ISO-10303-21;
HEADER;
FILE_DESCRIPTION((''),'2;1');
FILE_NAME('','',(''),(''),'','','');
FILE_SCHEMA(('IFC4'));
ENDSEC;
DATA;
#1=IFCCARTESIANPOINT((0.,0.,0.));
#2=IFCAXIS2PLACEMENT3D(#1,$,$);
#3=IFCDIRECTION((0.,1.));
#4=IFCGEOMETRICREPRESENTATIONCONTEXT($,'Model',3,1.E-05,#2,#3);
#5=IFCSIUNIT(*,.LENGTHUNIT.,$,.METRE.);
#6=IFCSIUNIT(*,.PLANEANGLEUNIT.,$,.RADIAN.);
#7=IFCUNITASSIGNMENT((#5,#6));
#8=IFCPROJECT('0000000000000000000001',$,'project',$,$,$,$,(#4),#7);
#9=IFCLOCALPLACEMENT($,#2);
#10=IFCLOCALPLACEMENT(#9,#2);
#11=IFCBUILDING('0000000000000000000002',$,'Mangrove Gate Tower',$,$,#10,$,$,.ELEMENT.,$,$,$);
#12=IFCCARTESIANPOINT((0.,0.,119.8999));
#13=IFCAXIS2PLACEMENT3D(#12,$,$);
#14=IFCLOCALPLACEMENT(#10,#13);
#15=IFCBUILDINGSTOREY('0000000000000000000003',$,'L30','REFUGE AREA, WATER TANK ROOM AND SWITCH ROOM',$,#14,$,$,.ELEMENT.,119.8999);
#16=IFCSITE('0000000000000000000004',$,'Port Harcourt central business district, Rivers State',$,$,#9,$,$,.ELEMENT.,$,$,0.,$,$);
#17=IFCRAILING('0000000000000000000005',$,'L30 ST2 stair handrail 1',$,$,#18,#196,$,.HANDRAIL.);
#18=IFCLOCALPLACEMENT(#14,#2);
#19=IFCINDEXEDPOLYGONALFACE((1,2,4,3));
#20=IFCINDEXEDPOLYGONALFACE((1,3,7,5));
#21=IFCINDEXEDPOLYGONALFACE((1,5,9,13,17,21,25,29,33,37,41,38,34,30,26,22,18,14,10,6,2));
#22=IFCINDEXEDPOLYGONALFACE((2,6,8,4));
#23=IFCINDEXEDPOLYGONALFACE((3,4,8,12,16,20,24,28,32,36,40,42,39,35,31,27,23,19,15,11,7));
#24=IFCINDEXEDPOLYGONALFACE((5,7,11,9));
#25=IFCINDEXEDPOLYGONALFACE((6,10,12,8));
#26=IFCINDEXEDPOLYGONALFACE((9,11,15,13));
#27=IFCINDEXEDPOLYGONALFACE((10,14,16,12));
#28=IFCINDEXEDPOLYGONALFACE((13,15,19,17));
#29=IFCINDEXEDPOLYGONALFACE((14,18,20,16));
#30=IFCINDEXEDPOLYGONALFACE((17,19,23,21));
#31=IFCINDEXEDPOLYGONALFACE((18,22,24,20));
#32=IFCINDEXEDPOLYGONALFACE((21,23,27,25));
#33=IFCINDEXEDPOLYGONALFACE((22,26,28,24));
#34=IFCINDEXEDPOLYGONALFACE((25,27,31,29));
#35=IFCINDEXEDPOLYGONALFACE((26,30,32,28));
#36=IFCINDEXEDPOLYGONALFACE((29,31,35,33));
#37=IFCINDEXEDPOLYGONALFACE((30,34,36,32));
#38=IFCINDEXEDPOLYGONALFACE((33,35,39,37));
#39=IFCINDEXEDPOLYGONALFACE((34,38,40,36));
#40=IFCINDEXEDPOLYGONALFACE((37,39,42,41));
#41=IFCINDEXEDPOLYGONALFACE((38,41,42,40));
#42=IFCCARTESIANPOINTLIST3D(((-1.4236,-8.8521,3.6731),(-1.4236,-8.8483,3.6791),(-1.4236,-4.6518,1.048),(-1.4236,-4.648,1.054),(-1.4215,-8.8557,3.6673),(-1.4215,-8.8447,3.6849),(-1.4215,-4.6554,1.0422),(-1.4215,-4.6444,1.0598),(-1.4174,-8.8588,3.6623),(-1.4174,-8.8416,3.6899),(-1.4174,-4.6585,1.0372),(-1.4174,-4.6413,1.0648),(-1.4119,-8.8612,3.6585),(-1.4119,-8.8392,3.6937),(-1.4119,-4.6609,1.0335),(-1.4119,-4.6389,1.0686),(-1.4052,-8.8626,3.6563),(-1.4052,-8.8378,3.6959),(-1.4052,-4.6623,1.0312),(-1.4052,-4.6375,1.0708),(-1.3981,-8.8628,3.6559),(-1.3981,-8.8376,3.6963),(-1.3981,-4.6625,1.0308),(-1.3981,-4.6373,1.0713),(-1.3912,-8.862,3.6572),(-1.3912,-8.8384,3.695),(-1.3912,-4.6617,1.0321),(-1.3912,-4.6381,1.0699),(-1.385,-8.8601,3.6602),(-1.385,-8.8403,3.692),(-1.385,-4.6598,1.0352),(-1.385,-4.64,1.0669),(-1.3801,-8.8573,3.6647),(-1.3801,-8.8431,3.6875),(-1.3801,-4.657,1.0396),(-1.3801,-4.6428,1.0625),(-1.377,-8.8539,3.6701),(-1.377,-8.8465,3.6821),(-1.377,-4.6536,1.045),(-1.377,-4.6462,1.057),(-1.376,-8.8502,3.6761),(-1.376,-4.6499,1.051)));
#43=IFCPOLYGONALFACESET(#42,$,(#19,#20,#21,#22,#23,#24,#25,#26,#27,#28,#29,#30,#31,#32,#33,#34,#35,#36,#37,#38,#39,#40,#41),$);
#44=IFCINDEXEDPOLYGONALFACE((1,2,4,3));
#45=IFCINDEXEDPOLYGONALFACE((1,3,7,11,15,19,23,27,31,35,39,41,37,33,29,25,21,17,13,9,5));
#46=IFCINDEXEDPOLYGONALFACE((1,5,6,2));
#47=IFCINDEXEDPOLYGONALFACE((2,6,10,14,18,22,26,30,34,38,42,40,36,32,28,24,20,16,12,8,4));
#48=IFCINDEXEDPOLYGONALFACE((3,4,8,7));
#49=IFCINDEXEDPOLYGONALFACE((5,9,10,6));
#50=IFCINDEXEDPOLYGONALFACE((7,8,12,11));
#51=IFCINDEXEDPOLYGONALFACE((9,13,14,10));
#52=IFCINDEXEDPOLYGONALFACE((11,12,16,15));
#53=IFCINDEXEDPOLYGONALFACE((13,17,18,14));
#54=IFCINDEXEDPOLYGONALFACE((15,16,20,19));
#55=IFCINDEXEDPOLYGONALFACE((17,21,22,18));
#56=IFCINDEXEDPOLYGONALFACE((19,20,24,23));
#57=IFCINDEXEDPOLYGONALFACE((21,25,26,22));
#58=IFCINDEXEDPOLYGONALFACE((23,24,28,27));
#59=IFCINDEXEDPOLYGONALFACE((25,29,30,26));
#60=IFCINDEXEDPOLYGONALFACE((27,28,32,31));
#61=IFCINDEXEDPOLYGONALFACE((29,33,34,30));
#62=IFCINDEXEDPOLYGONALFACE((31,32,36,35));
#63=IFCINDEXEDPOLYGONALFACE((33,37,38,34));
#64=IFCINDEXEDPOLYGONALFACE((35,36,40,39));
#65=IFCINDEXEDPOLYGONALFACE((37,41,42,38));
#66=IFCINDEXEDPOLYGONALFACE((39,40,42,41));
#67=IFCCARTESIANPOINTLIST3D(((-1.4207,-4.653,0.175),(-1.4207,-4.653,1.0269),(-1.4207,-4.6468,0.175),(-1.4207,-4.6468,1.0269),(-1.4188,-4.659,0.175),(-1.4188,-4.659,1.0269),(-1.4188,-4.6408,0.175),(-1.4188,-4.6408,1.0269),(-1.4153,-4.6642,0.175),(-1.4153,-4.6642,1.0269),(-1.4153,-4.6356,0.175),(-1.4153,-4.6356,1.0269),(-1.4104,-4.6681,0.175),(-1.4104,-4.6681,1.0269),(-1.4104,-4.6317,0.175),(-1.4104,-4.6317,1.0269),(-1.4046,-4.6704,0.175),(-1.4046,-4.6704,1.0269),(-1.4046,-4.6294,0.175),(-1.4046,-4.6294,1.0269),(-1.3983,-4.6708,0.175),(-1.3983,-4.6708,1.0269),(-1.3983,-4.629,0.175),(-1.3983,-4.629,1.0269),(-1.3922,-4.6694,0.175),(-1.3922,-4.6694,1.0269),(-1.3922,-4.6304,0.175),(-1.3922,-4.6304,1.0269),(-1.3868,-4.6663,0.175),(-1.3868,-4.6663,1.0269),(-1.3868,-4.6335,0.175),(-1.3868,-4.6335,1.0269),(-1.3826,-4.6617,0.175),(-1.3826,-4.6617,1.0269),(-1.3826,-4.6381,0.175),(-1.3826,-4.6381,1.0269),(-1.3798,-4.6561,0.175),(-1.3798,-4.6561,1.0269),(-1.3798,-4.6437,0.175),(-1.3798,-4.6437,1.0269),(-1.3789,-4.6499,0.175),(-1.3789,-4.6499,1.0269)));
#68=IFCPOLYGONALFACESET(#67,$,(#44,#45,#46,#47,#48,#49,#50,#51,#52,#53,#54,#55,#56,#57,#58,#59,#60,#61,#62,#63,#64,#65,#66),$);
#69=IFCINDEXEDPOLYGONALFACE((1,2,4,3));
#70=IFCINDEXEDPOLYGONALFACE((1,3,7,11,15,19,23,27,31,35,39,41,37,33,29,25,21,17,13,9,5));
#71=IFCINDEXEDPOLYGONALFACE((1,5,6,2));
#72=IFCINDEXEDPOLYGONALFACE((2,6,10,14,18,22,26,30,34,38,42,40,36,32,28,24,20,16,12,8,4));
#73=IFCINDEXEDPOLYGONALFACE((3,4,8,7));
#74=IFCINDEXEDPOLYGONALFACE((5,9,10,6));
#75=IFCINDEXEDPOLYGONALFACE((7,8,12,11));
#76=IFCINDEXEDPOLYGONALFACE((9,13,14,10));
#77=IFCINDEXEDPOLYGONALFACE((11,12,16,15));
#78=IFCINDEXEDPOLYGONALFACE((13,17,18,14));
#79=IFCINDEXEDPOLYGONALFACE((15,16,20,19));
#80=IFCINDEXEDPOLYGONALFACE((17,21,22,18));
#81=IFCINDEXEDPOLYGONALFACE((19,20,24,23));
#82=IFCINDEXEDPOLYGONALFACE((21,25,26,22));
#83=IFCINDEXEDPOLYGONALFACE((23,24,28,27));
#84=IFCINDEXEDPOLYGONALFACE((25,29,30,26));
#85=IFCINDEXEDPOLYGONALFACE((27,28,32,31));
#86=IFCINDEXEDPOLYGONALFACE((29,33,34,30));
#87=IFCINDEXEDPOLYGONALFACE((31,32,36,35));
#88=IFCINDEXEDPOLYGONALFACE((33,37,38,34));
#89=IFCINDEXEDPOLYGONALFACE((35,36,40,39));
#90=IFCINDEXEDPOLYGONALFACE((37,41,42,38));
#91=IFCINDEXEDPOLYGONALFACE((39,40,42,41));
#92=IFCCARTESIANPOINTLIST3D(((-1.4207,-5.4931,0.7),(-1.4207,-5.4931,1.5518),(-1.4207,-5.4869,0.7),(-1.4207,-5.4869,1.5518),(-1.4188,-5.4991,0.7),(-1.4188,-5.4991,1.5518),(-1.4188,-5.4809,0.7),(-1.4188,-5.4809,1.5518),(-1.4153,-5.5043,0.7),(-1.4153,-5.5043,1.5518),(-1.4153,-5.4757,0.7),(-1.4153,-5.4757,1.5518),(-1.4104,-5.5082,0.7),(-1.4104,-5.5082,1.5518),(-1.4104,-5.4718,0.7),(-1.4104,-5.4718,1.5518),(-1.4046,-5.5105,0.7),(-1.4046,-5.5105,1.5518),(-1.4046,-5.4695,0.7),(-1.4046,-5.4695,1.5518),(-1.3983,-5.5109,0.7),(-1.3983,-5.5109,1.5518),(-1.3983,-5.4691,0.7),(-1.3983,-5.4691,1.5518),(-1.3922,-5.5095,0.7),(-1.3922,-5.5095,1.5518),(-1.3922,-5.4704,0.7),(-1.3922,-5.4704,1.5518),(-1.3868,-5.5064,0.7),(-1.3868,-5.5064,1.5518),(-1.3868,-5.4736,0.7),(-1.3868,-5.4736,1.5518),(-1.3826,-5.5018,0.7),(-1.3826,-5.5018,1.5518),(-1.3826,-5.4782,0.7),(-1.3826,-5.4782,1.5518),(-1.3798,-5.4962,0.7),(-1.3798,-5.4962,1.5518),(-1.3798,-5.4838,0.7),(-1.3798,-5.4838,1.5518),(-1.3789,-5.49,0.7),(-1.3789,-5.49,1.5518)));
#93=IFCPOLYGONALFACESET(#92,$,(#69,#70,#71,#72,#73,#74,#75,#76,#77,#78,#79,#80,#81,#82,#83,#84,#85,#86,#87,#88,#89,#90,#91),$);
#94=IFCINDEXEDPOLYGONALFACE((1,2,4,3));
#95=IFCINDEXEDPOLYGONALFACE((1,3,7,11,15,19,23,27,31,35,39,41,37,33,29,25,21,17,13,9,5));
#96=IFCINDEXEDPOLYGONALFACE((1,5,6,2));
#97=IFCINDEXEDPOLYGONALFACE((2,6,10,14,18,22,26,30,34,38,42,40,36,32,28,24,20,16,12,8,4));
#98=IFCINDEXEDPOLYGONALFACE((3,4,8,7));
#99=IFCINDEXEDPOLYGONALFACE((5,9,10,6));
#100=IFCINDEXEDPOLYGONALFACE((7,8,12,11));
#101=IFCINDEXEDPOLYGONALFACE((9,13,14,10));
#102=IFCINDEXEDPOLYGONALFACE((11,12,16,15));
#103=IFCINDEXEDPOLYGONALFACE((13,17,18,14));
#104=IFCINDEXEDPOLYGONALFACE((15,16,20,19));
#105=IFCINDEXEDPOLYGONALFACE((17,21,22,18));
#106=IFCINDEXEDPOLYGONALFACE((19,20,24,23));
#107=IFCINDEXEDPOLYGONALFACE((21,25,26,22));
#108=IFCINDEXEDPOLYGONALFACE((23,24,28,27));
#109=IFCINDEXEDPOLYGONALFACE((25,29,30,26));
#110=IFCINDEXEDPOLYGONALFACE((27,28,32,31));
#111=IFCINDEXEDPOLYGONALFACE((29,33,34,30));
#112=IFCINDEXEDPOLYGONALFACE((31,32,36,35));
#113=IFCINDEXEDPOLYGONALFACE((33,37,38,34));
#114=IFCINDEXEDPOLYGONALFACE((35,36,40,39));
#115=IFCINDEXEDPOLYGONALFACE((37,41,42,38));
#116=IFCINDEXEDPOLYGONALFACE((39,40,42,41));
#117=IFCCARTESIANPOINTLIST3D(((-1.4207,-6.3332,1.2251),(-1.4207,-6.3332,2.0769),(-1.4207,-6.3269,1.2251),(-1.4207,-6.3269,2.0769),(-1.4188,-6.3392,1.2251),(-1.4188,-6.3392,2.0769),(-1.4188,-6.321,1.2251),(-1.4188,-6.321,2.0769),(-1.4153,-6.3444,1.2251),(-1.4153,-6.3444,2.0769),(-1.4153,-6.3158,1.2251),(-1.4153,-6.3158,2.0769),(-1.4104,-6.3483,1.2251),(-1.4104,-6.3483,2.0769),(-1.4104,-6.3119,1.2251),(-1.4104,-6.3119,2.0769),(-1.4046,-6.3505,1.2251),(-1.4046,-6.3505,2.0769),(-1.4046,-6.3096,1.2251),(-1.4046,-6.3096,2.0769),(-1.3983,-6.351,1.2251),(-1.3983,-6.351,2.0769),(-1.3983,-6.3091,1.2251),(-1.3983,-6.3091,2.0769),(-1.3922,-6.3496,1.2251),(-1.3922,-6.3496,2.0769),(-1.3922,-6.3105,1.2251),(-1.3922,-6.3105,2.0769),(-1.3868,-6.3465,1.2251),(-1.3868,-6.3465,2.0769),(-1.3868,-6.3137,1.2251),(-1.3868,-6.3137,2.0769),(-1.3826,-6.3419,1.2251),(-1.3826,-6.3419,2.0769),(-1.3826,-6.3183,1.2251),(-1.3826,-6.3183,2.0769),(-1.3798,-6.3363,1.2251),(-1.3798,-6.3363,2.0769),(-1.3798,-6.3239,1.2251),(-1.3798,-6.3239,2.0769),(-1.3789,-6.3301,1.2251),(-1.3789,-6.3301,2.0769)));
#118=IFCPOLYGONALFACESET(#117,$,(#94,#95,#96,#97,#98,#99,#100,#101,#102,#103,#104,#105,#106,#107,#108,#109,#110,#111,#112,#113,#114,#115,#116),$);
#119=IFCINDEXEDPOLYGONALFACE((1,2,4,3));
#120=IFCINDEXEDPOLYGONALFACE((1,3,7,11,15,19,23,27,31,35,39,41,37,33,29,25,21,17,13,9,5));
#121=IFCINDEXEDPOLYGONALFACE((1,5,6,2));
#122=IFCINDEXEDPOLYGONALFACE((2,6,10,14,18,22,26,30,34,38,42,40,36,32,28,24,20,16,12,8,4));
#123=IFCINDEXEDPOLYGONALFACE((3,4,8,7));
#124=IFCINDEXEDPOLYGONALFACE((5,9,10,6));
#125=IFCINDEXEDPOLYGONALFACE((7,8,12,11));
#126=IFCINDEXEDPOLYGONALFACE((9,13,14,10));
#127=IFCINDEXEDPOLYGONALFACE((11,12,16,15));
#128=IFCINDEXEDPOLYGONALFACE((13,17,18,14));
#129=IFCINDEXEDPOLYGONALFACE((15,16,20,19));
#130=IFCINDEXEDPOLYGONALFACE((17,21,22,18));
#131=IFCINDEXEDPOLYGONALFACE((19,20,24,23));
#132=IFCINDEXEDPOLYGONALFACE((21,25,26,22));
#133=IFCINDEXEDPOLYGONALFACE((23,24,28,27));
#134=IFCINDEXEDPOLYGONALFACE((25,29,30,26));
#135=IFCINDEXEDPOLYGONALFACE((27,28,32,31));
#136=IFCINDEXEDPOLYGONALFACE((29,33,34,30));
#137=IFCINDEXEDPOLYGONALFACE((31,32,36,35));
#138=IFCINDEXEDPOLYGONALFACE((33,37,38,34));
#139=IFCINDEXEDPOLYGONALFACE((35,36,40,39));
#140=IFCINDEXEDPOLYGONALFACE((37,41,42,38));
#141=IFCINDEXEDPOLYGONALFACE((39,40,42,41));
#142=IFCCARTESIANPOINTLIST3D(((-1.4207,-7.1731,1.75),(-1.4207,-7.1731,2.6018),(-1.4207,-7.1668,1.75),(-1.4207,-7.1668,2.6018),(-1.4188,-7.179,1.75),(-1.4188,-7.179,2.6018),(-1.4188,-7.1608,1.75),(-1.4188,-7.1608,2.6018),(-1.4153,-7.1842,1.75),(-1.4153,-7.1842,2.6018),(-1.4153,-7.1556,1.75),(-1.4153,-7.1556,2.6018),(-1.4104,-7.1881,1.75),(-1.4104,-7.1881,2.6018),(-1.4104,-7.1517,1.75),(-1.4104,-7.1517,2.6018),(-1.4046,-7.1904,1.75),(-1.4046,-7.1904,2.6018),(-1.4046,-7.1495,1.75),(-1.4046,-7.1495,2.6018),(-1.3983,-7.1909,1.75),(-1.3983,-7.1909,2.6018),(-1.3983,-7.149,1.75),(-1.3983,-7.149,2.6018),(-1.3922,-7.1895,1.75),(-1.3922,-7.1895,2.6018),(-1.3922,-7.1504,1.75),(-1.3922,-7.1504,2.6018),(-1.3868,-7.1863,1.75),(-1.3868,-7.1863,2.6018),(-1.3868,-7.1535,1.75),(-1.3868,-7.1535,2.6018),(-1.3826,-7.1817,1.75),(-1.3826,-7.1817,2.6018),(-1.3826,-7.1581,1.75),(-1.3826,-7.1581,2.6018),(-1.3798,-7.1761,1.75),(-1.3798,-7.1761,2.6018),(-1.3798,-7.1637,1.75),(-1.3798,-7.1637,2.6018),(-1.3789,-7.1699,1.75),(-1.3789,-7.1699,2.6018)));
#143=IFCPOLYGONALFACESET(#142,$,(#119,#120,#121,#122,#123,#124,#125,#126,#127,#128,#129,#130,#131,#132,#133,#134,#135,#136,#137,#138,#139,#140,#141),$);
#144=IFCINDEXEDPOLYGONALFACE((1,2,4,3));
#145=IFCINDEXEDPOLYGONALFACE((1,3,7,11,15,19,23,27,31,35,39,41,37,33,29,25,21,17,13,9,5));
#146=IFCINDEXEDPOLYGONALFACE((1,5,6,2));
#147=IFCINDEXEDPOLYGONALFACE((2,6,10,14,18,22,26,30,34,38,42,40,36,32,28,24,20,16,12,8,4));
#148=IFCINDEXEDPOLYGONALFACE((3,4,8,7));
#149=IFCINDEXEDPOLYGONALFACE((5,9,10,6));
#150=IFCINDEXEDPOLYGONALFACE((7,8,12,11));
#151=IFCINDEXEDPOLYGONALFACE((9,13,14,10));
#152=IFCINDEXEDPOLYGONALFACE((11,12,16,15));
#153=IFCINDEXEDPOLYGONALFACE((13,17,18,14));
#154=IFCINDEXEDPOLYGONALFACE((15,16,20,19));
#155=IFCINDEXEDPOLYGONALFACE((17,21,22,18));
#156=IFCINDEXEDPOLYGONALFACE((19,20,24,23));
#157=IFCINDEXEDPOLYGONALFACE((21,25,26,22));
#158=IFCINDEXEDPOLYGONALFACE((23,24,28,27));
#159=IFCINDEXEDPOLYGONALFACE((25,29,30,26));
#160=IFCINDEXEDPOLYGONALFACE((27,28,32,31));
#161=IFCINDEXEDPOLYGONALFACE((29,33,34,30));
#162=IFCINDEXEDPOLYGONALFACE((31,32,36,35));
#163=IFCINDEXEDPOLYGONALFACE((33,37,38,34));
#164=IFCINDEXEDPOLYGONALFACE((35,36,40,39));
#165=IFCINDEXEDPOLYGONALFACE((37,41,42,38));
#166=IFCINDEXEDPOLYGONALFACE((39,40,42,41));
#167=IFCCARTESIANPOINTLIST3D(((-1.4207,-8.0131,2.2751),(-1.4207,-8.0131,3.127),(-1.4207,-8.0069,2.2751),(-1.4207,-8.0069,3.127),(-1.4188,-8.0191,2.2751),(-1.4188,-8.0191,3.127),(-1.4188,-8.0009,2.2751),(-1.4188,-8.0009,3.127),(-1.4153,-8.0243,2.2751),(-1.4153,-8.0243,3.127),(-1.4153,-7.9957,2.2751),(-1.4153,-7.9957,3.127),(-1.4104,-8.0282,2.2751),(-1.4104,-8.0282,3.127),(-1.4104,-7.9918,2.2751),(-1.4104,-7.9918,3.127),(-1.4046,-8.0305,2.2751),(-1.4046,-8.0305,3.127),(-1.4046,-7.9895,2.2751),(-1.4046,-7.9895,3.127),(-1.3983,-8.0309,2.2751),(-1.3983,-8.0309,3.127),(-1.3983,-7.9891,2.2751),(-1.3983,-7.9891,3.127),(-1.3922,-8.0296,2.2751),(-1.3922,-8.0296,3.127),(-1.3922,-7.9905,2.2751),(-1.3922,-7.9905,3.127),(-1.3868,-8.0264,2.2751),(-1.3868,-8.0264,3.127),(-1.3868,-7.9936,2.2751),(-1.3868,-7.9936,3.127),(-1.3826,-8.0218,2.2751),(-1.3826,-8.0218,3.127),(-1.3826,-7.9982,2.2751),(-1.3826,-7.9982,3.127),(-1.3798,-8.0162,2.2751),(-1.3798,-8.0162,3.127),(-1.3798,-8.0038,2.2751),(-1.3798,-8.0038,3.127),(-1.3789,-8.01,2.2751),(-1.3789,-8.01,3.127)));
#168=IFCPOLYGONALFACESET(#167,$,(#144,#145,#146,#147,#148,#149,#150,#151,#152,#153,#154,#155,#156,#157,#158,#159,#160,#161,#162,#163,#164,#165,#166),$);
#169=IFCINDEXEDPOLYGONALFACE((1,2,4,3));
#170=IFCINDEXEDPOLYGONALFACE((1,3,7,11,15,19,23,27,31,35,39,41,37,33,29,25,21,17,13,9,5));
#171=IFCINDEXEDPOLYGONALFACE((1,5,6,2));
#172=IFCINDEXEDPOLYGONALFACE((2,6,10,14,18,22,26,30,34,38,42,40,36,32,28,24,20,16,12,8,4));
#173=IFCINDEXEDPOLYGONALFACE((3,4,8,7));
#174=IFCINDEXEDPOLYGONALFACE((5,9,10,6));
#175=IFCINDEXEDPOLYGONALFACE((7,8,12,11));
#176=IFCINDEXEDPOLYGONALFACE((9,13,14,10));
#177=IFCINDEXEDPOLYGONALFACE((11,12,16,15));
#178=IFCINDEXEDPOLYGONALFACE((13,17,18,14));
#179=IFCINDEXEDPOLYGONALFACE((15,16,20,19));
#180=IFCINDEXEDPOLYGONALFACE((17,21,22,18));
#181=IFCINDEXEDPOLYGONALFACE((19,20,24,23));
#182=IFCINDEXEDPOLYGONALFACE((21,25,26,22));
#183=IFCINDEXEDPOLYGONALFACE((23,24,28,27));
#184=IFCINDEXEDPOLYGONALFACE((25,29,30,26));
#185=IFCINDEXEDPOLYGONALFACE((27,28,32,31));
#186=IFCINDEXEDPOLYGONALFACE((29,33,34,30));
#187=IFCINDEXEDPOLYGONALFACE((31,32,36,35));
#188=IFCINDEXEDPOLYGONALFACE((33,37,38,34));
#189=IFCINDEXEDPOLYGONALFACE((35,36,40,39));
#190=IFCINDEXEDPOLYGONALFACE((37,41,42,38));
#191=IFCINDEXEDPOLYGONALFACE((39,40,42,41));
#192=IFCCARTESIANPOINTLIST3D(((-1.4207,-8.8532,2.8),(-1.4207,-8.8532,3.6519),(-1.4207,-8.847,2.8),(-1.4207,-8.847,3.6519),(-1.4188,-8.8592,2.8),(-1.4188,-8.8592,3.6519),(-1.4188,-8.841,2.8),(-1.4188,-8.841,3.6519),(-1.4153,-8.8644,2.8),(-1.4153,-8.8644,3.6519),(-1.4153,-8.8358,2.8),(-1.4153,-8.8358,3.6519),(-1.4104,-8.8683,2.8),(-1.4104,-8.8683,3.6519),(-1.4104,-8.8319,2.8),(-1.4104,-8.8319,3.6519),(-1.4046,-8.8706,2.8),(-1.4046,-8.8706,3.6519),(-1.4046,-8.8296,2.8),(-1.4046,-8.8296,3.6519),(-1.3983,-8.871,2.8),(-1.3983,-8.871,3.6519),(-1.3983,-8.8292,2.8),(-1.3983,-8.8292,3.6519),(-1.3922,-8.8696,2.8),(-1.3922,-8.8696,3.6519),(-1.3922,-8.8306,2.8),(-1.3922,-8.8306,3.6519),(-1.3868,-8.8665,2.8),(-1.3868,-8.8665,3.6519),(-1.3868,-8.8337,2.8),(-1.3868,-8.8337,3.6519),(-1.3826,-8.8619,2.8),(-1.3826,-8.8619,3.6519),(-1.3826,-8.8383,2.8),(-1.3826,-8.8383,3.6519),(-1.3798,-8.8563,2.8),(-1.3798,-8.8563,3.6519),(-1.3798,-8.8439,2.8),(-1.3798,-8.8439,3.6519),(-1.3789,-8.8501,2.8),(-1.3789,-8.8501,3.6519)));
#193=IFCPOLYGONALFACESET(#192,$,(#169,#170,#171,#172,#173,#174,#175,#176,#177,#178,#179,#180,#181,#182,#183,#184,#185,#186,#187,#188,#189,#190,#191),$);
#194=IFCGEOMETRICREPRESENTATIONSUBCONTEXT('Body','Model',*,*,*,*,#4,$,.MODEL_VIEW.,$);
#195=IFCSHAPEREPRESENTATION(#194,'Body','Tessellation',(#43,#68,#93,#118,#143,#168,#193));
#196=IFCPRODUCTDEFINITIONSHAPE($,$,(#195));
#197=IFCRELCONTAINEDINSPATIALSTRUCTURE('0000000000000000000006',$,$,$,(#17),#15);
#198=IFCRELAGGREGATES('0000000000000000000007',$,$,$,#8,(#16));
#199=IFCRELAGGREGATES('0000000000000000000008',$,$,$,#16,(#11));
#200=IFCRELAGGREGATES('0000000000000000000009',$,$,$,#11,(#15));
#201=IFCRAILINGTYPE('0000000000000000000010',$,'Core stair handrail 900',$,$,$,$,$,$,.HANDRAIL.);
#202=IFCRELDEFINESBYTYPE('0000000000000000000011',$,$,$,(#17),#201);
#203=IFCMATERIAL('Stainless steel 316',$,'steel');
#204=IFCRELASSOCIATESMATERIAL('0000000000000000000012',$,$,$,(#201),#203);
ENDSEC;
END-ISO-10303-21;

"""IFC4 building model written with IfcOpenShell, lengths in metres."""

from ifc_helpers import new_model, si_unit, direction, frame, origin, origin_2d, place, context, subcontext, project, spatial, circle, extrude, material, type_object, element, save


model = new_model("IFC4")

# Units and contexts
model_context = context("Model", 3, precision=1e-05, world=origin(), true_north=direction((0.0, 1.0)))
body_context = subcontext(model_context, "Body", "Model", "MODEL_VIEW")
ifc_project = project(units=[si_unit("LENGTHUNIT", "METRE"), si_unit("PLANEANGLEUNIT", "RADIAN")], contexts=[model_context])

# Site, building, storey
site_placement = place(None, origin())
site = spatial("IfcSite", under=ifc_project, at=site_placement, Name="Port Harcourt central business district, Rivers State", CompositionType="ELEMENT", RefElevation=0.0)
building_placement = place(site_placement, origin())
building = spatial("IfcBuilding", under=site, at=building_placement, Name="Mangrove Gate Tower", CompositionType="ELEMENT")
storey_placement = place(building_placement, frame((0.0, 0.0, 119.8999)))
storey = spatial("IfcBuildingStorey", under=building, at=storey_placement, Name="L30", Description="REFUGE AREA, WATER TANK ROOM AND SWITCH ROOM", CompositionType="ELEMENT", Elevation=119.8999)

# Railing
ifc_material_1 = material(Name="Stainless steel 316", Category="steel")
railing_type_1 = type_object("IfcRailingType", Name="Core stair handrail 900", PredefinedType="HANDRAIL", material=ifc_material_1)
railing_1_placement = place(storey_placement, frame((-1.3999, -4.6499, 0.175)))
element("IfcRailing", 1, at=railing_1_placement, inside=storey, type_object=railing_type_1, Name="L30 ST2 stair handrail 1", PredefinedType="HANDRAIL", context=body_context, shape_type="SweptSolid", body=[
    extrude(circle(Radius=0.0239, at=origin_2d()), frame((0.0, 0.0, 0.876), z_axis=(0.0, -0.848009, 0.529981), x_axis=(1.0, 0.0, 0.0)), (0.0, 0.0, 1.0), 4.9531),
    extrude(circle(Radius=0.021, at=origin_2d()), origin(), (0.0, 0.0, 1.0), 0.8518),
    extrude(circle(Radius=0.021, at=origin_2d()), frame((0.0, -0.8401, 0.5249)), (0.0, 0.0, 1.0), 0.8518),
    extrude(circle(Radius=0.021, at=origin_2d()), frame((0.0, -1.6802, 1.05)), (0.0, 0.0, 1.0), 0.8518),
    extrude(circle(Radius=0.021, at=origin_2d()), frame((0.0, -2.52, 1.575)), (0.0, 0.0, 1.0), 0.8518),
    extrude(circle(Radius=0.021, at=origin_2d()), frame((0.0, -3.3601, 2.1001)), (0.0, 0.0, 1.0), 0.8518),
    extrude(circle(Radius=0.021, at=origin_2d()), frame((0.0, -4.2002, 2.625)), (0.0, 0.0, 1.0), 0.8518),
])

save(model, "model.ifc")
